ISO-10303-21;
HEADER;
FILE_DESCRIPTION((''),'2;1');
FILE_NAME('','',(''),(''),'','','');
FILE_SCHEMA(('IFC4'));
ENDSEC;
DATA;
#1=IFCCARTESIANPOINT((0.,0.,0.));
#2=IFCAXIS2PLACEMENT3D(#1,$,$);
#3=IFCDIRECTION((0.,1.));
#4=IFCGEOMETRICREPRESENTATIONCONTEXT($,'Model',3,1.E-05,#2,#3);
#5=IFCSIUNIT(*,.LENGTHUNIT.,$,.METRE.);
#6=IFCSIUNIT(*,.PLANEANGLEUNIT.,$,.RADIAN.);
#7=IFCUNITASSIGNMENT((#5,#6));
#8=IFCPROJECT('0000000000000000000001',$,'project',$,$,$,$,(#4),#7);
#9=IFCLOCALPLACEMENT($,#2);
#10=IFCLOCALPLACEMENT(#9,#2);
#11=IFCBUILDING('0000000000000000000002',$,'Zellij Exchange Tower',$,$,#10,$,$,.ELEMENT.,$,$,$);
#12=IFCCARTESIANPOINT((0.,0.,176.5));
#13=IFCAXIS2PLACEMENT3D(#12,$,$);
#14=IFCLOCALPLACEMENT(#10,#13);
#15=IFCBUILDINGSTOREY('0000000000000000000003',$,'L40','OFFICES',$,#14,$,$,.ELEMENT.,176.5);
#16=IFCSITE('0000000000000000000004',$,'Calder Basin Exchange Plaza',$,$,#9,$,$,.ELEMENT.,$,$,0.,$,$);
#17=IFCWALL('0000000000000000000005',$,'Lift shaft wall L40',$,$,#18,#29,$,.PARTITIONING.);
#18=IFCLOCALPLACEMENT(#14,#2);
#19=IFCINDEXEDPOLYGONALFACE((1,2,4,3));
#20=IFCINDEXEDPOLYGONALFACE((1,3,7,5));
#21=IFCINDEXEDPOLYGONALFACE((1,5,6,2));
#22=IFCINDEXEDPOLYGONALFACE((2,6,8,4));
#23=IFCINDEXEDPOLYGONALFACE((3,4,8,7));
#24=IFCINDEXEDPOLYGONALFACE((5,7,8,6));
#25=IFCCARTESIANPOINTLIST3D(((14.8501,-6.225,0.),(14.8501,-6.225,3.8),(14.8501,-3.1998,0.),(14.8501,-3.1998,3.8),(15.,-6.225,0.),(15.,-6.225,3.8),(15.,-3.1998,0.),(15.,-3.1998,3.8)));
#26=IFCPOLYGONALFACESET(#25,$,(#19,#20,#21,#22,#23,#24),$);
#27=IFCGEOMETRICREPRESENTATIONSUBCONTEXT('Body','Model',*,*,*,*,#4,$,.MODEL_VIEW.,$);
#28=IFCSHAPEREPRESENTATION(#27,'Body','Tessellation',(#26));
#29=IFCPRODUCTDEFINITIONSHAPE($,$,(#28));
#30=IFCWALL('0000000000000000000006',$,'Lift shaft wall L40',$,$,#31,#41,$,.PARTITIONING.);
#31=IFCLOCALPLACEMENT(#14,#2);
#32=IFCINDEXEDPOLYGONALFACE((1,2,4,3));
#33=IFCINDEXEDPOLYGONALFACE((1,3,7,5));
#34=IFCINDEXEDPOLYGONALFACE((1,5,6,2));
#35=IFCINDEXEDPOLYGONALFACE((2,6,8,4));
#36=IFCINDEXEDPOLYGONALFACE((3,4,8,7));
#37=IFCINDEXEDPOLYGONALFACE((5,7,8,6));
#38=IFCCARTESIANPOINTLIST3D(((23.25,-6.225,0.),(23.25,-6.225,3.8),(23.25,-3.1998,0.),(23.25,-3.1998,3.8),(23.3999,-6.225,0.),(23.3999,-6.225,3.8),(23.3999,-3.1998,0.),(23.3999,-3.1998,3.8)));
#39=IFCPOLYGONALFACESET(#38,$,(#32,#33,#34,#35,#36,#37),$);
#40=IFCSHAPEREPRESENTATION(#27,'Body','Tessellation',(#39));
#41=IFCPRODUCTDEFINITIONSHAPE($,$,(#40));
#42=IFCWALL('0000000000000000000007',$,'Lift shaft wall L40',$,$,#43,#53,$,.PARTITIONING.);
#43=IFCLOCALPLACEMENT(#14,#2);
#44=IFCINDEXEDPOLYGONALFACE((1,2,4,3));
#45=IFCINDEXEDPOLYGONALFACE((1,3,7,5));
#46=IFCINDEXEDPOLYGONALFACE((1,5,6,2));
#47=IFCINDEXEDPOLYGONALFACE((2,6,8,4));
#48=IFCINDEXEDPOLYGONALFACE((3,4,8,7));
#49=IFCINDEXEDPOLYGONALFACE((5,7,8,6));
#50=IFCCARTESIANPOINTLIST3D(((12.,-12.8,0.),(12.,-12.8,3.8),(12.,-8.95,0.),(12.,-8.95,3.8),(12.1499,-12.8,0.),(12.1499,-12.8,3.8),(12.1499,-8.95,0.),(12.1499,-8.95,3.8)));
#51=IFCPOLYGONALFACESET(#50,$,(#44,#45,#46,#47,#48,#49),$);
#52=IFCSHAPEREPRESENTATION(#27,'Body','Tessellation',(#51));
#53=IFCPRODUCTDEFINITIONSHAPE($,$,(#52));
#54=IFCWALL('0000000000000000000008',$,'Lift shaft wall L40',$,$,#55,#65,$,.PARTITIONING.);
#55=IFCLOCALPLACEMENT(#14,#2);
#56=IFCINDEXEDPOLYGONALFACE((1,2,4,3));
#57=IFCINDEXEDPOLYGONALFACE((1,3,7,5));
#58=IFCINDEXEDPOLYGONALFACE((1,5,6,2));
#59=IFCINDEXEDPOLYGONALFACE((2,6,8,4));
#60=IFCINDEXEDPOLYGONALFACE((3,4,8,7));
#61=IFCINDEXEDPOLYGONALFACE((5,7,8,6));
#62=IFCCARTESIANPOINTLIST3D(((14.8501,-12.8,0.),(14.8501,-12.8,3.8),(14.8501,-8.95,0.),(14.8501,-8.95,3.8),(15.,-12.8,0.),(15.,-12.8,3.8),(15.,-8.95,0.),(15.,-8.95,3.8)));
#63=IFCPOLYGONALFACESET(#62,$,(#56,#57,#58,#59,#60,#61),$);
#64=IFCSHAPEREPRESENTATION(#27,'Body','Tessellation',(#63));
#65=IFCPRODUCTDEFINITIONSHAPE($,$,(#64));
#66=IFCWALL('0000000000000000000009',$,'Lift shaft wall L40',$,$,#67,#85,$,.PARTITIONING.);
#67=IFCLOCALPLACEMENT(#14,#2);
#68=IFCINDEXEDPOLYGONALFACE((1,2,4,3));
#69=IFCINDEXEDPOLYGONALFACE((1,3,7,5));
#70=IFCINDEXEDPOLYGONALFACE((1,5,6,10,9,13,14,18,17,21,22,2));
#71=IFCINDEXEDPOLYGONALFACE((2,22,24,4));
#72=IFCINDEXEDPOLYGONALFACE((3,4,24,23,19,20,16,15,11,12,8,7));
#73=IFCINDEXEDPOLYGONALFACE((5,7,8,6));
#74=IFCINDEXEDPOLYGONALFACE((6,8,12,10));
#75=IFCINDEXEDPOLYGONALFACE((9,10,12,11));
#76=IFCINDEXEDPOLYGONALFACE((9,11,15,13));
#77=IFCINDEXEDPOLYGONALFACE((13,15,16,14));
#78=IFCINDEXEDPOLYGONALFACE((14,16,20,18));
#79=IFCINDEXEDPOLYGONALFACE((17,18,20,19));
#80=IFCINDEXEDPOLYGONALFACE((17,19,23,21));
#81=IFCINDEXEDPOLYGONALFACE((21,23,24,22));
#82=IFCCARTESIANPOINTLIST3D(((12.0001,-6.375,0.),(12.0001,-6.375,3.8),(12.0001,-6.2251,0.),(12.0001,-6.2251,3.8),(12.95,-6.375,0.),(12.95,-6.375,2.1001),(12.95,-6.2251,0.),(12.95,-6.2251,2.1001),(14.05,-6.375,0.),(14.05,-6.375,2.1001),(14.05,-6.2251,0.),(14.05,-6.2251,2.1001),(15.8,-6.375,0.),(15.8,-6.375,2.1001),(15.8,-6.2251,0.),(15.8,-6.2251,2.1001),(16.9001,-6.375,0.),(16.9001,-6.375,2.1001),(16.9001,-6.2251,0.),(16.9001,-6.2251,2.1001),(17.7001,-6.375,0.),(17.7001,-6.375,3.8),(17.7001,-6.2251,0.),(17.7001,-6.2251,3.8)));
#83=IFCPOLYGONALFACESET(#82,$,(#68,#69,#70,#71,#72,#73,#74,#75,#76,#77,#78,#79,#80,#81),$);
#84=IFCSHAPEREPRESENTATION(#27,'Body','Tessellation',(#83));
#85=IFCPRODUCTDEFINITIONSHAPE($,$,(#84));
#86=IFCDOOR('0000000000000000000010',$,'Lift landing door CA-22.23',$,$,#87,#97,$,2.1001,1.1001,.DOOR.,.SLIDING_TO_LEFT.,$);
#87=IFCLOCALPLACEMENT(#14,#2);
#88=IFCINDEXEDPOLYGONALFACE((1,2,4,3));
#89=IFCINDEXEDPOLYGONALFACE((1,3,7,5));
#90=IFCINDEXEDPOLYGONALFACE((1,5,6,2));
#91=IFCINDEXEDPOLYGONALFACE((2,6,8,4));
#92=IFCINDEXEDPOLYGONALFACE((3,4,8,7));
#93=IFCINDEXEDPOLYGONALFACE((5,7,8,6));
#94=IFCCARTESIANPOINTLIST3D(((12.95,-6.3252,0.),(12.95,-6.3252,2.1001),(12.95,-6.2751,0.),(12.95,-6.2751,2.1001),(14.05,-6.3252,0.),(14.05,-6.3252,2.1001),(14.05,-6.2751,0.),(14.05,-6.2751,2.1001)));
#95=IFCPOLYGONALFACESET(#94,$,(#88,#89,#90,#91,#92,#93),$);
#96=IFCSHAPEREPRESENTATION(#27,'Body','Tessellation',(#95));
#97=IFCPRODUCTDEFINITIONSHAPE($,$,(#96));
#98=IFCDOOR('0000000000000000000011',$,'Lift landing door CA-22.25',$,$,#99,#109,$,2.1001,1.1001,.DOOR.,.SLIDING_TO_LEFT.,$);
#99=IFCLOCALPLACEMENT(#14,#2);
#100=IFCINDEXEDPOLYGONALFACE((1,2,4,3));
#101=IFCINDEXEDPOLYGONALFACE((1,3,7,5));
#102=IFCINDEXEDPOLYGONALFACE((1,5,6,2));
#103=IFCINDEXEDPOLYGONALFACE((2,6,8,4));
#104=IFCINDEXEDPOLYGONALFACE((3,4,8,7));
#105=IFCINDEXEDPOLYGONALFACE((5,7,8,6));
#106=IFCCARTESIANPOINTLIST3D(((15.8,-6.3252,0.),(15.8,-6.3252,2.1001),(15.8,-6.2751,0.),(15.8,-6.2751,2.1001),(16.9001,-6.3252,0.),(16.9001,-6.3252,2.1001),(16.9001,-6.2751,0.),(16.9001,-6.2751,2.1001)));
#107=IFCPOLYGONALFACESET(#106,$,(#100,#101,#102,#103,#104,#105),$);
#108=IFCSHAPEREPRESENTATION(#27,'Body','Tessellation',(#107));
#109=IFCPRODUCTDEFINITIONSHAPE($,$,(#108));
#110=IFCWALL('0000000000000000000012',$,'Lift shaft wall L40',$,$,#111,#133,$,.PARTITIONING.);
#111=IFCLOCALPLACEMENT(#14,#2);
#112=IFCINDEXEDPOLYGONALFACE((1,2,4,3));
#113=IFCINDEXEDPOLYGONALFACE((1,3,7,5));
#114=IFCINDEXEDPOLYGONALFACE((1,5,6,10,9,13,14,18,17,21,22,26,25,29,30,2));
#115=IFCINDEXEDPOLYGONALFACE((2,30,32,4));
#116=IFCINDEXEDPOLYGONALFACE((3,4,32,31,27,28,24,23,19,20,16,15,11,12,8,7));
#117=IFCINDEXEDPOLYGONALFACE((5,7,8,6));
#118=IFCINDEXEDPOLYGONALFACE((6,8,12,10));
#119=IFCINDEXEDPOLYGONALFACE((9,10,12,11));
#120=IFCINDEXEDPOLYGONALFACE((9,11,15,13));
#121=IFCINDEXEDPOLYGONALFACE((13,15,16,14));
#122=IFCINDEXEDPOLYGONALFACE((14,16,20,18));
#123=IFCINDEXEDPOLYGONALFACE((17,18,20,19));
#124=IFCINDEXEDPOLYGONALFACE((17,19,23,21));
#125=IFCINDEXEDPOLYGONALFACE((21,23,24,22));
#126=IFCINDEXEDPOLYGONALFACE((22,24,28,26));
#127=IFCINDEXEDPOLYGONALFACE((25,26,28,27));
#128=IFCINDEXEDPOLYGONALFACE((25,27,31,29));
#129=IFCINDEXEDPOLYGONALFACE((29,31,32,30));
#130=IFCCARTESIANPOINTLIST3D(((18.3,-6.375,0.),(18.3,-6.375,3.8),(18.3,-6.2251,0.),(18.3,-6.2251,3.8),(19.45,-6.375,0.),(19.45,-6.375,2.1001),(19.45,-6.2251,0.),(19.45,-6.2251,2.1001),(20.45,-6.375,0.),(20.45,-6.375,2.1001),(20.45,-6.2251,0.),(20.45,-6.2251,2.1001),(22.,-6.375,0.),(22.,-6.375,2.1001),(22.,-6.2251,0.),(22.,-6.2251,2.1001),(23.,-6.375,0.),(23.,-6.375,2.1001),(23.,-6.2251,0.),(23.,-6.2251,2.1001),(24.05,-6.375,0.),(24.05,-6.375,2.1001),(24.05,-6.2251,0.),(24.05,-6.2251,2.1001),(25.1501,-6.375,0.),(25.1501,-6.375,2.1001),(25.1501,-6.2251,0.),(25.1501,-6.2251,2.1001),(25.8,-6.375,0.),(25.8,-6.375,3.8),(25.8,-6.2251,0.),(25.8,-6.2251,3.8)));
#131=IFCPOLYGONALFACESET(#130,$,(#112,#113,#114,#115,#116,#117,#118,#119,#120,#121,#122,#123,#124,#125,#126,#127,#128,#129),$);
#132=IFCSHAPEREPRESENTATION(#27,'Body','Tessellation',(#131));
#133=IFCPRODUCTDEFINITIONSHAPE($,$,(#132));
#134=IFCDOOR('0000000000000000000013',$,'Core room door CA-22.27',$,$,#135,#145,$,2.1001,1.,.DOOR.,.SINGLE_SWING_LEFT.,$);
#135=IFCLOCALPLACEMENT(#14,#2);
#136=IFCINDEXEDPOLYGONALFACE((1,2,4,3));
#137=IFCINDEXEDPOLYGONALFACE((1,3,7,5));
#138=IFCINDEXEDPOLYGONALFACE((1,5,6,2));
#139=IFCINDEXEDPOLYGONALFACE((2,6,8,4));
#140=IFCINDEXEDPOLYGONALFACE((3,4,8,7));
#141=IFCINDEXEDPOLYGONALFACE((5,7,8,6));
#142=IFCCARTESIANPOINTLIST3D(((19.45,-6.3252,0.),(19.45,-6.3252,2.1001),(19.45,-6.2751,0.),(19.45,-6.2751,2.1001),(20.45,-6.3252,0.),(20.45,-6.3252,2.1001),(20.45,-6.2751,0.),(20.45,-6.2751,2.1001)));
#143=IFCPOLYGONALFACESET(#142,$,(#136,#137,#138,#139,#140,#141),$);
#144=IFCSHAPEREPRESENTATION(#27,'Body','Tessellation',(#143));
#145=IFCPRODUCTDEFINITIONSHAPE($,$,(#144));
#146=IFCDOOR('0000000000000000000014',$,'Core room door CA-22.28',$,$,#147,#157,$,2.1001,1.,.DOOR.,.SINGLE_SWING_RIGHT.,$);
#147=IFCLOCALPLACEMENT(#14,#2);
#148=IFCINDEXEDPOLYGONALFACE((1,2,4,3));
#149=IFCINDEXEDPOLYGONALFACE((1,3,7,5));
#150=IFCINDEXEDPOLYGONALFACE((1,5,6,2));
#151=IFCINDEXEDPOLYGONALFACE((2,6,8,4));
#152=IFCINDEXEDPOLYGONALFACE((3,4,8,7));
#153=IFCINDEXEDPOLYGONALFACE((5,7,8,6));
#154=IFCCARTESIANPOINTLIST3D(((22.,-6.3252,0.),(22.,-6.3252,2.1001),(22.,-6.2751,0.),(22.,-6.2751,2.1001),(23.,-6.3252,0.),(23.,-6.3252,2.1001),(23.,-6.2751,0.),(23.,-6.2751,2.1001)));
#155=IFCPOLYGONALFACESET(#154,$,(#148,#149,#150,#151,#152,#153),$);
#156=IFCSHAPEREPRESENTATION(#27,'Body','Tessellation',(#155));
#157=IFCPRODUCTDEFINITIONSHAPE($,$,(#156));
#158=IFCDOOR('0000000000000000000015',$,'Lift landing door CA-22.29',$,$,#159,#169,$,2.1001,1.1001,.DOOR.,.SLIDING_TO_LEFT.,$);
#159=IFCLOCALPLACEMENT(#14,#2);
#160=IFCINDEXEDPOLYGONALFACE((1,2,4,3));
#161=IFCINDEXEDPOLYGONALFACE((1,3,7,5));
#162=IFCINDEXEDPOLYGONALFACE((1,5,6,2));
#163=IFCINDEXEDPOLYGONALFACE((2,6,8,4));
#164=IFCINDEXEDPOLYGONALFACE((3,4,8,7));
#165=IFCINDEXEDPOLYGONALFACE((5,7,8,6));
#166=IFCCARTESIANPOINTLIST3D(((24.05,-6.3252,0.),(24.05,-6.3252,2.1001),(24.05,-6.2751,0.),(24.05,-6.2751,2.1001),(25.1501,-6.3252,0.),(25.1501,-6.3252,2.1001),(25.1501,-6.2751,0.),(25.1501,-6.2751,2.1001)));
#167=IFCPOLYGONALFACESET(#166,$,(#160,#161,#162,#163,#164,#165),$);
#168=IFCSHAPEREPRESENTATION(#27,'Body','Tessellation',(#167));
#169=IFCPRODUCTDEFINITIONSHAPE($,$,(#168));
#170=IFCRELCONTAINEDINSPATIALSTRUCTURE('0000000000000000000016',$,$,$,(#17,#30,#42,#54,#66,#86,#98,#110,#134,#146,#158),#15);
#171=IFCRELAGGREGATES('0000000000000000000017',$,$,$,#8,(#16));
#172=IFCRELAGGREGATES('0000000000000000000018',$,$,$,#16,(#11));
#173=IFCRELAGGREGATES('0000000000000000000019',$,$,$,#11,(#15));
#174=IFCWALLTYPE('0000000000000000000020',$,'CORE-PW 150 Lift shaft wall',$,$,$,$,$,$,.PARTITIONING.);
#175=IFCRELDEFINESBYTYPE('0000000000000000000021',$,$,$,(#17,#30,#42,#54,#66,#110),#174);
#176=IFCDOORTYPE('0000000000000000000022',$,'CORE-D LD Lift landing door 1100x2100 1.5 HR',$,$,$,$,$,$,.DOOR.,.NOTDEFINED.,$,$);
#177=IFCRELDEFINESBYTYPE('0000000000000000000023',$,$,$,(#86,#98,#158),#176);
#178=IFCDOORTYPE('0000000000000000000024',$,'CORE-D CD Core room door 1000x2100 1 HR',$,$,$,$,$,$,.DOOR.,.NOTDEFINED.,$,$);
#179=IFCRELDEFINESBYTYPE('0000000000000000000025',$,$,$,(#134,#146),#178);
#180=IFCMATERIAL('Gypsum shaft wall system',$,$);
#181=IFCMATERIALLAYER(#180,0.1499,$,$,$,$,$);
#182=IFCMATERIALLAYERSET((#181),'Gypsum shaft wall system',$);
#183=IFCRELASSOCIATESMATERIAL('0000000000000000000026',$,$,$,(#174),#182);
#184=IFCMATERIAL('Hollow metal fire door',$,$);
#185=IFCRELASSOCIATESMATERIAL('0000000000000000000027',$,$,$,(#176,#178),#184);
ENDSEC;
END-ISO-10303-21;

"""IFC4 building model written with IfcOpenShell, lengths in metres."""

from ifc_helpers import new_model, si_unit, direction, frame, frame_2d, origin, place, context, subcontext, project, spatial, rectangle, extrude, material, layer, layer_set, type_object, element, fill, save


model = new_model("IFC4")

# Units and contexts
model_context = context("Model", 3, precision=1e-05, world=origin(), true_north=direction((0.0, 1.0)))
body_context = subcontext(model_context, "Body", "Model", "MODEL_VIEW")
ifc_project = project(units=[si_unit("LENGTHUNIT", "METRE"), si_unit("PLANEANGLEUNIT", "RADIAN")], contexts=[model_context])

# Site, building, storey
site_placement = place(None, origin())
site = spatial("IfcSite", under=ifc_project, at=site_placement, Name="Calder Basin Exchange Plaza", CompositionType="ELEMENT", RefElevation=0.0)
building_placement = place(site_placement, origin())
building = spatial("IfcBuilding", under=site, at=building_placement, Name="Zellij Exchange Tower", CompositionType="ELEMENT")
storey_placement = place(building_placement, frame((0.0, 0.0, 176.5)))
storey = spatial("IfcBuildingStorey", under=building, at=storey_placement, Name="L40", Description="OFFICES", CompositionType="ELEMENT", Elevation=176.5)

# Shared definitions
ifc_material_1 = material(Name="Hollow metal fire door")

# Walls
ifc_material_2 = material(Name="Gypsum shaft wall system")
ifc_layer_1 = layer(ifc_material_2, 0.1499)
ifc_layer_set_1 = layer_set([ifc_layer_1], Name="Gypsum shaft wall system")
wall_type_1 = type_object("IfcWallType", Name="CORE-PW 150 Lift shaft wall", PredefinedType="PARTITIONING", material=ifc_layer_set_1)
for number, where, z_axis, x_axis, name in (
    (1, (14.925, -6.2251, 0.0), (0.0, 0.0, 1.0), (0.0, 1.0, 0.0), "Lift shaft wall L40"),
    (2, (23.325, -6.2251, 0.0), (0.0, 0.0, 1.0), (0.0, 1.0, 0.0), "Lift shaft wall L40"),
):
    element("IfcWall", number, at=place(storey_placement, frame(where, z_axis=z_axis, x_axis=x_axis)), inside=storey, type_object=wall_type_1, Name=name, PredefinedType="PARTITIONING", context=body_context, shape_type="SweptSolid", body=[
        extrude(rectangle(XDim=3.0251, YDim=0.1499, at=frame_2d((1.5127, 0.0))), origin(), (0.0, 0.0, 1.0), 3.8),
    ])
for number, where, z_axis, x_axis, name in (
    (3, (12.075, -12.8, 0.0), (0.0, 0.0, 1.0), (0.0, 1.0, 0.0), "Lift shaft wall L40"),
    (4, (14.925, -12.8, 0.0), (0.0, 0.0, 1.0), (0.0, 1.0, 0.0), "Lift shaft wall L40"),
):
    element("IfcWall", number, at=place(storey_placement, frame(where, z_axis=z_axis, x_axis=x_axis)), inside=storey, type_object=wall_type_1, Name=name, PredefinedType="PARTITIONING", context=body_context, shape_type="SweptSolid", body=[
        extrude(rectangle(XDim=3.8501, YDim=0.1499, at=frame_2d((1.925, 0.0))), origin(), (0.0, 0.0, 1.0), 3.8),
    ])

# Walls, openings, doors
wall_1_placement = place(storey_placement, frame((12.0, -6.3, 0.0), z_axis=(0.0, 0.0, 1.0), x_axis=(1.0, 0.0, 0.0)))
wall_1 = element("IfcWall", 5, at=wall_1_placement, inside=storey, type_object=wall_type_1, Name="Lift shaft wall L40", PredefinedType="PARTITIONING", context=body_context, shape_type="SweptSolid", body=[
    extrude(rectangle(XDim=5.7, YDim=0.1499, at=frame_2d((2.8501, 0.0))), origin(), (0.0, 0.0, 1.0), 3.8),
])
opening_1_placement = place(wall_1_placement, frame((0.95, 0.0, 0.0)))
opening_1 = element("IfcOpeningElement", 6, at=opening_1_placement, cuts=wall_1, PredefinedType="OPENING", context=body_context, shape_type="SweptSolid", body=[
    extrude(rectangle(XDim=1.1001, YDim=2.1001, at=frame_2d((0.55, 1.05))), frame((0.0, 0.0869, 0.0), z_axis=(0.0, -1.0, 0.0), x_axis=(1.0, 0.0, 0.0)), (0.0, 0.0, 1.0), 0.1738),
])
opening_2_placement = place(wall_1_placement, frame((3.8, 0.0, 0.0)))
opening_2 = element("IfcOpeningElement", 7, at=opening_2_placement, cuts=wall_1, PredefinedType="OPENING", context=body_context, shape_type="SweptSolid", body=[
    extrude(rectangle(XDim=1.1001, YDim=2.1001, at=frame_2d((0.55, 1.05))), frame((0.0, 0.0869, 0.0), z_axis=(0.0, -1.0, 0.0), x_axis=(1.0, 0.0, 0.0)), (0.0, 0.0, 1.0), 0.1738),
])
door_type_1 = type_object("IfcDoorType", Name="CORE-D LD Lift landing door 1100x2100 1.5 HR", OperationType="NOTDEFINED", PredefinedType="DOOR", material=ifc_material_1)
door_1_placement = place(opening_1_placement, origin())
door_1 = element("IfcDoor", 8, at=door_1_placement, inside=storey, type_object=door_type_1, Name="Lift landing door CA-22.23", OperationType="SLIDING_TO_LEFT", OverallHeight=2.1001, OverallWidth=1.1001, PredefinedType="DOOR", context=body_context, shape_type="SweptSolid", body=[
    extrude(rectangle(XDim=1.1001, YDim=2.1001, at=frame_2d((0.55, 1.05))), frame((0.0, 0.0249, 0.0), z_axis=(0.0, -1.0, 0.0), x_axis=(1.0, 0.0, 0.0)), (0.0, 0.0, 1.0), 0.05),
])
fill(opening_1, door_1)
door_2_placement = place(opening_2_placement, origin())
door_2 = element("IfcDoor", 9, at=door_2_placement, inside=storey, type_object=door_type_1, Name="Lift landing door CA-22.25", OperationType="SLIDING_TO_LEFT", OverallHeight=2.1001, OverallWidth=1.1001, PredefinedType="DOOR", context=body_context, shape_type="SweptSolid", body=[
    extrude(rectangle(XDim=1.1001, YDim=2.1001, at=frame_2d((0.55, 1.05))), frame((0.0, 0.0249, 0.0), z_axis=(0.0, -1.0, 0.0), x_axis=(1.0, 0.0, 0.0)), (0.0, 0.0, 1.0), 0.05),
])
fill(opening_2, door_2)
wall_2_placement = place(storey_placement, frame((18.3, -6.3, 0.0), z_axis=(0.0, 0.0, 1.0), x_axis=(1.0, 0.0, 0.0)))
wall_2 = element("IfcWall", 10, at=wall_2_placement, inside=storey, type_object=wall_type_1, Name="Lift shaft wall L40", PredefinedType="PARTITIONING", context=body_context, shape_type="SweptSolid", body=[
    extrude(rectangle(XDim=7.5, YDim=0.1499, at=frame_2d((3.75, 0.0))), origin(), (0.0, 0.0, 1.0), 3.8),
])
opening_3_placement = place(wall_2_placement, frame((1.1499, 0.0, 0.0)))
opening_3 = element("IfcOpeningElement", 11, at=opening_3_placement, cuts=wall_2, PredefinedType="OPENING", context=body_context, shape_type="SweptSolid", body=[
    extrude(rectangle(XDim=1.0, YDim=2.1001, at=frame_2d((0.5, 1.05))), frame((0.0, 0.0869, 0.0), z_axis=(0.0, -1.0, 0.0), x_axis=(1.0, 0.0, 0.0)), (0.0, 0.0, 1.0), 0.1738),
])
opening_4_placement = place(wall_2_placement, frame((3.7, 0.0, 0.0)))
opening_4 = element("IfcOpeningElement", 12, at=opening_4_placement, cuts=wall_2, PredefinedType="OPENING", context=body_context, shape_type="SweptSolid", body=[
    extrude(rectangle(XDim=1.0, YDim=2.1001, at=frame_2d((0.5, 1.05))), frame((0.0, 0.0869, 0.0), z_axis=(0.0, -1.0, 0.0), x_axis=(1.0, 0.0, 0.0)), (0.0, 0.0, 1.0), 0.1738),
])
opening_5_placement = place(wall_2_placement, frame((5.75, 0.0, 0.0)))
opening_5 = element("IfcOpeningElement", 13, at=opening_5_placement, cuts=wall_2, PredefinedType="OPENING", context=body_context, shape_type="SweptSolid", body=[
    extrude(rectangle(XDim=1.1001, YDim=2.1001, at=frame_2d((0.55, 1.05))), frame((0.0, 0.0869, 0.0), z_axis=(0.0, -1.0, 0.0), x_axis=(1.0, 0.0, 0.0)), (0.0, 0.0, 1.0), 0.1738),
])
door_type_2 = type_object("IfcDoorType", Name="CORE-D CD Core room door 1000x2100 1 HR", OperationType="NOTDEFINED", PredefinedType="DOOR", material=ifc_material_1)
door_3_placement = place(opening_3_placement, origin())
door_3 = element("IfcDoor", 14, at=door_3_placement, inside=storey, type_object=door_type_2, Name="Core room door CA-22.27", OperationType="SINGLE_SWING_LEFT", OverallHeight=2.1001, OverallWidth=1.0, PredefinedType="DOOR", context=body_context, shape_type="SweptSolid", body=[
    extrude(rectangle(XDim=1.0, YDim=2.1001, at=frame_2d((0.5, 1.05))), frame((0.0, 0.0249, 0.0), z_axis=(0.0, -1.0, 0.0), x_axis=(1.0, 0.0, 0.0)), (0.0, 0.0, 1.0), 0.05),
])
fill(opening_3, door_3)
door_4_placement = place(opening_4_placement, origin())
door_4 = element("IfcDoor", 15, at=door_4_placement, inside=storey, type_object=door_type_2, Name="Core room door CA-22.28", OperationType="SINGLE_SWING_RIGHT", OverallHeight=2.1001, OverallWidth=1.0, PredefinedType="DOOR", context=body_context, shape_type="SweptSolid", body=[
    extrude(rectangle(XDim=1.0, YDim=2.1001, at=frame_2d((0.5, 1.05))), frame((0.0, 0.0249, 0.0), z_axis=(0.0, -1.0, 0.0), x_axis=(1.0, 0.0, 0.0)), (0.0, 0.0, 1.0), 0.05),
])
fill(opening_4, door_4)
door_5_placement = place(opening_5_placement, origin())
door_5 = element("IfcDoor", 16, at=door_5_placement, inside=storey, type_object=door_type_1, Name="Lift landing door CA-22.29", OperationType="SLIDING_TO_LEFT", OverallHeight=2.1001, OverallWidth=1.1001, PredefinedType="DOOR", context=body_context, shape_type="SweptSolid", body=[
    extrude(rectangle(XDim=1.1001, YDim=2.1001, at=frame_2d((0.55, 1.05))), frame((0.0, 0.0249, 0.0), z_axis=(0.0, -1.0, 0.0), x_axis=(1.0, 0.0, 0.0)), (0.0, 0.0, 1.0), 0.05),
])
fill(opening_5, door_5)

save(model, "model.ifc")
